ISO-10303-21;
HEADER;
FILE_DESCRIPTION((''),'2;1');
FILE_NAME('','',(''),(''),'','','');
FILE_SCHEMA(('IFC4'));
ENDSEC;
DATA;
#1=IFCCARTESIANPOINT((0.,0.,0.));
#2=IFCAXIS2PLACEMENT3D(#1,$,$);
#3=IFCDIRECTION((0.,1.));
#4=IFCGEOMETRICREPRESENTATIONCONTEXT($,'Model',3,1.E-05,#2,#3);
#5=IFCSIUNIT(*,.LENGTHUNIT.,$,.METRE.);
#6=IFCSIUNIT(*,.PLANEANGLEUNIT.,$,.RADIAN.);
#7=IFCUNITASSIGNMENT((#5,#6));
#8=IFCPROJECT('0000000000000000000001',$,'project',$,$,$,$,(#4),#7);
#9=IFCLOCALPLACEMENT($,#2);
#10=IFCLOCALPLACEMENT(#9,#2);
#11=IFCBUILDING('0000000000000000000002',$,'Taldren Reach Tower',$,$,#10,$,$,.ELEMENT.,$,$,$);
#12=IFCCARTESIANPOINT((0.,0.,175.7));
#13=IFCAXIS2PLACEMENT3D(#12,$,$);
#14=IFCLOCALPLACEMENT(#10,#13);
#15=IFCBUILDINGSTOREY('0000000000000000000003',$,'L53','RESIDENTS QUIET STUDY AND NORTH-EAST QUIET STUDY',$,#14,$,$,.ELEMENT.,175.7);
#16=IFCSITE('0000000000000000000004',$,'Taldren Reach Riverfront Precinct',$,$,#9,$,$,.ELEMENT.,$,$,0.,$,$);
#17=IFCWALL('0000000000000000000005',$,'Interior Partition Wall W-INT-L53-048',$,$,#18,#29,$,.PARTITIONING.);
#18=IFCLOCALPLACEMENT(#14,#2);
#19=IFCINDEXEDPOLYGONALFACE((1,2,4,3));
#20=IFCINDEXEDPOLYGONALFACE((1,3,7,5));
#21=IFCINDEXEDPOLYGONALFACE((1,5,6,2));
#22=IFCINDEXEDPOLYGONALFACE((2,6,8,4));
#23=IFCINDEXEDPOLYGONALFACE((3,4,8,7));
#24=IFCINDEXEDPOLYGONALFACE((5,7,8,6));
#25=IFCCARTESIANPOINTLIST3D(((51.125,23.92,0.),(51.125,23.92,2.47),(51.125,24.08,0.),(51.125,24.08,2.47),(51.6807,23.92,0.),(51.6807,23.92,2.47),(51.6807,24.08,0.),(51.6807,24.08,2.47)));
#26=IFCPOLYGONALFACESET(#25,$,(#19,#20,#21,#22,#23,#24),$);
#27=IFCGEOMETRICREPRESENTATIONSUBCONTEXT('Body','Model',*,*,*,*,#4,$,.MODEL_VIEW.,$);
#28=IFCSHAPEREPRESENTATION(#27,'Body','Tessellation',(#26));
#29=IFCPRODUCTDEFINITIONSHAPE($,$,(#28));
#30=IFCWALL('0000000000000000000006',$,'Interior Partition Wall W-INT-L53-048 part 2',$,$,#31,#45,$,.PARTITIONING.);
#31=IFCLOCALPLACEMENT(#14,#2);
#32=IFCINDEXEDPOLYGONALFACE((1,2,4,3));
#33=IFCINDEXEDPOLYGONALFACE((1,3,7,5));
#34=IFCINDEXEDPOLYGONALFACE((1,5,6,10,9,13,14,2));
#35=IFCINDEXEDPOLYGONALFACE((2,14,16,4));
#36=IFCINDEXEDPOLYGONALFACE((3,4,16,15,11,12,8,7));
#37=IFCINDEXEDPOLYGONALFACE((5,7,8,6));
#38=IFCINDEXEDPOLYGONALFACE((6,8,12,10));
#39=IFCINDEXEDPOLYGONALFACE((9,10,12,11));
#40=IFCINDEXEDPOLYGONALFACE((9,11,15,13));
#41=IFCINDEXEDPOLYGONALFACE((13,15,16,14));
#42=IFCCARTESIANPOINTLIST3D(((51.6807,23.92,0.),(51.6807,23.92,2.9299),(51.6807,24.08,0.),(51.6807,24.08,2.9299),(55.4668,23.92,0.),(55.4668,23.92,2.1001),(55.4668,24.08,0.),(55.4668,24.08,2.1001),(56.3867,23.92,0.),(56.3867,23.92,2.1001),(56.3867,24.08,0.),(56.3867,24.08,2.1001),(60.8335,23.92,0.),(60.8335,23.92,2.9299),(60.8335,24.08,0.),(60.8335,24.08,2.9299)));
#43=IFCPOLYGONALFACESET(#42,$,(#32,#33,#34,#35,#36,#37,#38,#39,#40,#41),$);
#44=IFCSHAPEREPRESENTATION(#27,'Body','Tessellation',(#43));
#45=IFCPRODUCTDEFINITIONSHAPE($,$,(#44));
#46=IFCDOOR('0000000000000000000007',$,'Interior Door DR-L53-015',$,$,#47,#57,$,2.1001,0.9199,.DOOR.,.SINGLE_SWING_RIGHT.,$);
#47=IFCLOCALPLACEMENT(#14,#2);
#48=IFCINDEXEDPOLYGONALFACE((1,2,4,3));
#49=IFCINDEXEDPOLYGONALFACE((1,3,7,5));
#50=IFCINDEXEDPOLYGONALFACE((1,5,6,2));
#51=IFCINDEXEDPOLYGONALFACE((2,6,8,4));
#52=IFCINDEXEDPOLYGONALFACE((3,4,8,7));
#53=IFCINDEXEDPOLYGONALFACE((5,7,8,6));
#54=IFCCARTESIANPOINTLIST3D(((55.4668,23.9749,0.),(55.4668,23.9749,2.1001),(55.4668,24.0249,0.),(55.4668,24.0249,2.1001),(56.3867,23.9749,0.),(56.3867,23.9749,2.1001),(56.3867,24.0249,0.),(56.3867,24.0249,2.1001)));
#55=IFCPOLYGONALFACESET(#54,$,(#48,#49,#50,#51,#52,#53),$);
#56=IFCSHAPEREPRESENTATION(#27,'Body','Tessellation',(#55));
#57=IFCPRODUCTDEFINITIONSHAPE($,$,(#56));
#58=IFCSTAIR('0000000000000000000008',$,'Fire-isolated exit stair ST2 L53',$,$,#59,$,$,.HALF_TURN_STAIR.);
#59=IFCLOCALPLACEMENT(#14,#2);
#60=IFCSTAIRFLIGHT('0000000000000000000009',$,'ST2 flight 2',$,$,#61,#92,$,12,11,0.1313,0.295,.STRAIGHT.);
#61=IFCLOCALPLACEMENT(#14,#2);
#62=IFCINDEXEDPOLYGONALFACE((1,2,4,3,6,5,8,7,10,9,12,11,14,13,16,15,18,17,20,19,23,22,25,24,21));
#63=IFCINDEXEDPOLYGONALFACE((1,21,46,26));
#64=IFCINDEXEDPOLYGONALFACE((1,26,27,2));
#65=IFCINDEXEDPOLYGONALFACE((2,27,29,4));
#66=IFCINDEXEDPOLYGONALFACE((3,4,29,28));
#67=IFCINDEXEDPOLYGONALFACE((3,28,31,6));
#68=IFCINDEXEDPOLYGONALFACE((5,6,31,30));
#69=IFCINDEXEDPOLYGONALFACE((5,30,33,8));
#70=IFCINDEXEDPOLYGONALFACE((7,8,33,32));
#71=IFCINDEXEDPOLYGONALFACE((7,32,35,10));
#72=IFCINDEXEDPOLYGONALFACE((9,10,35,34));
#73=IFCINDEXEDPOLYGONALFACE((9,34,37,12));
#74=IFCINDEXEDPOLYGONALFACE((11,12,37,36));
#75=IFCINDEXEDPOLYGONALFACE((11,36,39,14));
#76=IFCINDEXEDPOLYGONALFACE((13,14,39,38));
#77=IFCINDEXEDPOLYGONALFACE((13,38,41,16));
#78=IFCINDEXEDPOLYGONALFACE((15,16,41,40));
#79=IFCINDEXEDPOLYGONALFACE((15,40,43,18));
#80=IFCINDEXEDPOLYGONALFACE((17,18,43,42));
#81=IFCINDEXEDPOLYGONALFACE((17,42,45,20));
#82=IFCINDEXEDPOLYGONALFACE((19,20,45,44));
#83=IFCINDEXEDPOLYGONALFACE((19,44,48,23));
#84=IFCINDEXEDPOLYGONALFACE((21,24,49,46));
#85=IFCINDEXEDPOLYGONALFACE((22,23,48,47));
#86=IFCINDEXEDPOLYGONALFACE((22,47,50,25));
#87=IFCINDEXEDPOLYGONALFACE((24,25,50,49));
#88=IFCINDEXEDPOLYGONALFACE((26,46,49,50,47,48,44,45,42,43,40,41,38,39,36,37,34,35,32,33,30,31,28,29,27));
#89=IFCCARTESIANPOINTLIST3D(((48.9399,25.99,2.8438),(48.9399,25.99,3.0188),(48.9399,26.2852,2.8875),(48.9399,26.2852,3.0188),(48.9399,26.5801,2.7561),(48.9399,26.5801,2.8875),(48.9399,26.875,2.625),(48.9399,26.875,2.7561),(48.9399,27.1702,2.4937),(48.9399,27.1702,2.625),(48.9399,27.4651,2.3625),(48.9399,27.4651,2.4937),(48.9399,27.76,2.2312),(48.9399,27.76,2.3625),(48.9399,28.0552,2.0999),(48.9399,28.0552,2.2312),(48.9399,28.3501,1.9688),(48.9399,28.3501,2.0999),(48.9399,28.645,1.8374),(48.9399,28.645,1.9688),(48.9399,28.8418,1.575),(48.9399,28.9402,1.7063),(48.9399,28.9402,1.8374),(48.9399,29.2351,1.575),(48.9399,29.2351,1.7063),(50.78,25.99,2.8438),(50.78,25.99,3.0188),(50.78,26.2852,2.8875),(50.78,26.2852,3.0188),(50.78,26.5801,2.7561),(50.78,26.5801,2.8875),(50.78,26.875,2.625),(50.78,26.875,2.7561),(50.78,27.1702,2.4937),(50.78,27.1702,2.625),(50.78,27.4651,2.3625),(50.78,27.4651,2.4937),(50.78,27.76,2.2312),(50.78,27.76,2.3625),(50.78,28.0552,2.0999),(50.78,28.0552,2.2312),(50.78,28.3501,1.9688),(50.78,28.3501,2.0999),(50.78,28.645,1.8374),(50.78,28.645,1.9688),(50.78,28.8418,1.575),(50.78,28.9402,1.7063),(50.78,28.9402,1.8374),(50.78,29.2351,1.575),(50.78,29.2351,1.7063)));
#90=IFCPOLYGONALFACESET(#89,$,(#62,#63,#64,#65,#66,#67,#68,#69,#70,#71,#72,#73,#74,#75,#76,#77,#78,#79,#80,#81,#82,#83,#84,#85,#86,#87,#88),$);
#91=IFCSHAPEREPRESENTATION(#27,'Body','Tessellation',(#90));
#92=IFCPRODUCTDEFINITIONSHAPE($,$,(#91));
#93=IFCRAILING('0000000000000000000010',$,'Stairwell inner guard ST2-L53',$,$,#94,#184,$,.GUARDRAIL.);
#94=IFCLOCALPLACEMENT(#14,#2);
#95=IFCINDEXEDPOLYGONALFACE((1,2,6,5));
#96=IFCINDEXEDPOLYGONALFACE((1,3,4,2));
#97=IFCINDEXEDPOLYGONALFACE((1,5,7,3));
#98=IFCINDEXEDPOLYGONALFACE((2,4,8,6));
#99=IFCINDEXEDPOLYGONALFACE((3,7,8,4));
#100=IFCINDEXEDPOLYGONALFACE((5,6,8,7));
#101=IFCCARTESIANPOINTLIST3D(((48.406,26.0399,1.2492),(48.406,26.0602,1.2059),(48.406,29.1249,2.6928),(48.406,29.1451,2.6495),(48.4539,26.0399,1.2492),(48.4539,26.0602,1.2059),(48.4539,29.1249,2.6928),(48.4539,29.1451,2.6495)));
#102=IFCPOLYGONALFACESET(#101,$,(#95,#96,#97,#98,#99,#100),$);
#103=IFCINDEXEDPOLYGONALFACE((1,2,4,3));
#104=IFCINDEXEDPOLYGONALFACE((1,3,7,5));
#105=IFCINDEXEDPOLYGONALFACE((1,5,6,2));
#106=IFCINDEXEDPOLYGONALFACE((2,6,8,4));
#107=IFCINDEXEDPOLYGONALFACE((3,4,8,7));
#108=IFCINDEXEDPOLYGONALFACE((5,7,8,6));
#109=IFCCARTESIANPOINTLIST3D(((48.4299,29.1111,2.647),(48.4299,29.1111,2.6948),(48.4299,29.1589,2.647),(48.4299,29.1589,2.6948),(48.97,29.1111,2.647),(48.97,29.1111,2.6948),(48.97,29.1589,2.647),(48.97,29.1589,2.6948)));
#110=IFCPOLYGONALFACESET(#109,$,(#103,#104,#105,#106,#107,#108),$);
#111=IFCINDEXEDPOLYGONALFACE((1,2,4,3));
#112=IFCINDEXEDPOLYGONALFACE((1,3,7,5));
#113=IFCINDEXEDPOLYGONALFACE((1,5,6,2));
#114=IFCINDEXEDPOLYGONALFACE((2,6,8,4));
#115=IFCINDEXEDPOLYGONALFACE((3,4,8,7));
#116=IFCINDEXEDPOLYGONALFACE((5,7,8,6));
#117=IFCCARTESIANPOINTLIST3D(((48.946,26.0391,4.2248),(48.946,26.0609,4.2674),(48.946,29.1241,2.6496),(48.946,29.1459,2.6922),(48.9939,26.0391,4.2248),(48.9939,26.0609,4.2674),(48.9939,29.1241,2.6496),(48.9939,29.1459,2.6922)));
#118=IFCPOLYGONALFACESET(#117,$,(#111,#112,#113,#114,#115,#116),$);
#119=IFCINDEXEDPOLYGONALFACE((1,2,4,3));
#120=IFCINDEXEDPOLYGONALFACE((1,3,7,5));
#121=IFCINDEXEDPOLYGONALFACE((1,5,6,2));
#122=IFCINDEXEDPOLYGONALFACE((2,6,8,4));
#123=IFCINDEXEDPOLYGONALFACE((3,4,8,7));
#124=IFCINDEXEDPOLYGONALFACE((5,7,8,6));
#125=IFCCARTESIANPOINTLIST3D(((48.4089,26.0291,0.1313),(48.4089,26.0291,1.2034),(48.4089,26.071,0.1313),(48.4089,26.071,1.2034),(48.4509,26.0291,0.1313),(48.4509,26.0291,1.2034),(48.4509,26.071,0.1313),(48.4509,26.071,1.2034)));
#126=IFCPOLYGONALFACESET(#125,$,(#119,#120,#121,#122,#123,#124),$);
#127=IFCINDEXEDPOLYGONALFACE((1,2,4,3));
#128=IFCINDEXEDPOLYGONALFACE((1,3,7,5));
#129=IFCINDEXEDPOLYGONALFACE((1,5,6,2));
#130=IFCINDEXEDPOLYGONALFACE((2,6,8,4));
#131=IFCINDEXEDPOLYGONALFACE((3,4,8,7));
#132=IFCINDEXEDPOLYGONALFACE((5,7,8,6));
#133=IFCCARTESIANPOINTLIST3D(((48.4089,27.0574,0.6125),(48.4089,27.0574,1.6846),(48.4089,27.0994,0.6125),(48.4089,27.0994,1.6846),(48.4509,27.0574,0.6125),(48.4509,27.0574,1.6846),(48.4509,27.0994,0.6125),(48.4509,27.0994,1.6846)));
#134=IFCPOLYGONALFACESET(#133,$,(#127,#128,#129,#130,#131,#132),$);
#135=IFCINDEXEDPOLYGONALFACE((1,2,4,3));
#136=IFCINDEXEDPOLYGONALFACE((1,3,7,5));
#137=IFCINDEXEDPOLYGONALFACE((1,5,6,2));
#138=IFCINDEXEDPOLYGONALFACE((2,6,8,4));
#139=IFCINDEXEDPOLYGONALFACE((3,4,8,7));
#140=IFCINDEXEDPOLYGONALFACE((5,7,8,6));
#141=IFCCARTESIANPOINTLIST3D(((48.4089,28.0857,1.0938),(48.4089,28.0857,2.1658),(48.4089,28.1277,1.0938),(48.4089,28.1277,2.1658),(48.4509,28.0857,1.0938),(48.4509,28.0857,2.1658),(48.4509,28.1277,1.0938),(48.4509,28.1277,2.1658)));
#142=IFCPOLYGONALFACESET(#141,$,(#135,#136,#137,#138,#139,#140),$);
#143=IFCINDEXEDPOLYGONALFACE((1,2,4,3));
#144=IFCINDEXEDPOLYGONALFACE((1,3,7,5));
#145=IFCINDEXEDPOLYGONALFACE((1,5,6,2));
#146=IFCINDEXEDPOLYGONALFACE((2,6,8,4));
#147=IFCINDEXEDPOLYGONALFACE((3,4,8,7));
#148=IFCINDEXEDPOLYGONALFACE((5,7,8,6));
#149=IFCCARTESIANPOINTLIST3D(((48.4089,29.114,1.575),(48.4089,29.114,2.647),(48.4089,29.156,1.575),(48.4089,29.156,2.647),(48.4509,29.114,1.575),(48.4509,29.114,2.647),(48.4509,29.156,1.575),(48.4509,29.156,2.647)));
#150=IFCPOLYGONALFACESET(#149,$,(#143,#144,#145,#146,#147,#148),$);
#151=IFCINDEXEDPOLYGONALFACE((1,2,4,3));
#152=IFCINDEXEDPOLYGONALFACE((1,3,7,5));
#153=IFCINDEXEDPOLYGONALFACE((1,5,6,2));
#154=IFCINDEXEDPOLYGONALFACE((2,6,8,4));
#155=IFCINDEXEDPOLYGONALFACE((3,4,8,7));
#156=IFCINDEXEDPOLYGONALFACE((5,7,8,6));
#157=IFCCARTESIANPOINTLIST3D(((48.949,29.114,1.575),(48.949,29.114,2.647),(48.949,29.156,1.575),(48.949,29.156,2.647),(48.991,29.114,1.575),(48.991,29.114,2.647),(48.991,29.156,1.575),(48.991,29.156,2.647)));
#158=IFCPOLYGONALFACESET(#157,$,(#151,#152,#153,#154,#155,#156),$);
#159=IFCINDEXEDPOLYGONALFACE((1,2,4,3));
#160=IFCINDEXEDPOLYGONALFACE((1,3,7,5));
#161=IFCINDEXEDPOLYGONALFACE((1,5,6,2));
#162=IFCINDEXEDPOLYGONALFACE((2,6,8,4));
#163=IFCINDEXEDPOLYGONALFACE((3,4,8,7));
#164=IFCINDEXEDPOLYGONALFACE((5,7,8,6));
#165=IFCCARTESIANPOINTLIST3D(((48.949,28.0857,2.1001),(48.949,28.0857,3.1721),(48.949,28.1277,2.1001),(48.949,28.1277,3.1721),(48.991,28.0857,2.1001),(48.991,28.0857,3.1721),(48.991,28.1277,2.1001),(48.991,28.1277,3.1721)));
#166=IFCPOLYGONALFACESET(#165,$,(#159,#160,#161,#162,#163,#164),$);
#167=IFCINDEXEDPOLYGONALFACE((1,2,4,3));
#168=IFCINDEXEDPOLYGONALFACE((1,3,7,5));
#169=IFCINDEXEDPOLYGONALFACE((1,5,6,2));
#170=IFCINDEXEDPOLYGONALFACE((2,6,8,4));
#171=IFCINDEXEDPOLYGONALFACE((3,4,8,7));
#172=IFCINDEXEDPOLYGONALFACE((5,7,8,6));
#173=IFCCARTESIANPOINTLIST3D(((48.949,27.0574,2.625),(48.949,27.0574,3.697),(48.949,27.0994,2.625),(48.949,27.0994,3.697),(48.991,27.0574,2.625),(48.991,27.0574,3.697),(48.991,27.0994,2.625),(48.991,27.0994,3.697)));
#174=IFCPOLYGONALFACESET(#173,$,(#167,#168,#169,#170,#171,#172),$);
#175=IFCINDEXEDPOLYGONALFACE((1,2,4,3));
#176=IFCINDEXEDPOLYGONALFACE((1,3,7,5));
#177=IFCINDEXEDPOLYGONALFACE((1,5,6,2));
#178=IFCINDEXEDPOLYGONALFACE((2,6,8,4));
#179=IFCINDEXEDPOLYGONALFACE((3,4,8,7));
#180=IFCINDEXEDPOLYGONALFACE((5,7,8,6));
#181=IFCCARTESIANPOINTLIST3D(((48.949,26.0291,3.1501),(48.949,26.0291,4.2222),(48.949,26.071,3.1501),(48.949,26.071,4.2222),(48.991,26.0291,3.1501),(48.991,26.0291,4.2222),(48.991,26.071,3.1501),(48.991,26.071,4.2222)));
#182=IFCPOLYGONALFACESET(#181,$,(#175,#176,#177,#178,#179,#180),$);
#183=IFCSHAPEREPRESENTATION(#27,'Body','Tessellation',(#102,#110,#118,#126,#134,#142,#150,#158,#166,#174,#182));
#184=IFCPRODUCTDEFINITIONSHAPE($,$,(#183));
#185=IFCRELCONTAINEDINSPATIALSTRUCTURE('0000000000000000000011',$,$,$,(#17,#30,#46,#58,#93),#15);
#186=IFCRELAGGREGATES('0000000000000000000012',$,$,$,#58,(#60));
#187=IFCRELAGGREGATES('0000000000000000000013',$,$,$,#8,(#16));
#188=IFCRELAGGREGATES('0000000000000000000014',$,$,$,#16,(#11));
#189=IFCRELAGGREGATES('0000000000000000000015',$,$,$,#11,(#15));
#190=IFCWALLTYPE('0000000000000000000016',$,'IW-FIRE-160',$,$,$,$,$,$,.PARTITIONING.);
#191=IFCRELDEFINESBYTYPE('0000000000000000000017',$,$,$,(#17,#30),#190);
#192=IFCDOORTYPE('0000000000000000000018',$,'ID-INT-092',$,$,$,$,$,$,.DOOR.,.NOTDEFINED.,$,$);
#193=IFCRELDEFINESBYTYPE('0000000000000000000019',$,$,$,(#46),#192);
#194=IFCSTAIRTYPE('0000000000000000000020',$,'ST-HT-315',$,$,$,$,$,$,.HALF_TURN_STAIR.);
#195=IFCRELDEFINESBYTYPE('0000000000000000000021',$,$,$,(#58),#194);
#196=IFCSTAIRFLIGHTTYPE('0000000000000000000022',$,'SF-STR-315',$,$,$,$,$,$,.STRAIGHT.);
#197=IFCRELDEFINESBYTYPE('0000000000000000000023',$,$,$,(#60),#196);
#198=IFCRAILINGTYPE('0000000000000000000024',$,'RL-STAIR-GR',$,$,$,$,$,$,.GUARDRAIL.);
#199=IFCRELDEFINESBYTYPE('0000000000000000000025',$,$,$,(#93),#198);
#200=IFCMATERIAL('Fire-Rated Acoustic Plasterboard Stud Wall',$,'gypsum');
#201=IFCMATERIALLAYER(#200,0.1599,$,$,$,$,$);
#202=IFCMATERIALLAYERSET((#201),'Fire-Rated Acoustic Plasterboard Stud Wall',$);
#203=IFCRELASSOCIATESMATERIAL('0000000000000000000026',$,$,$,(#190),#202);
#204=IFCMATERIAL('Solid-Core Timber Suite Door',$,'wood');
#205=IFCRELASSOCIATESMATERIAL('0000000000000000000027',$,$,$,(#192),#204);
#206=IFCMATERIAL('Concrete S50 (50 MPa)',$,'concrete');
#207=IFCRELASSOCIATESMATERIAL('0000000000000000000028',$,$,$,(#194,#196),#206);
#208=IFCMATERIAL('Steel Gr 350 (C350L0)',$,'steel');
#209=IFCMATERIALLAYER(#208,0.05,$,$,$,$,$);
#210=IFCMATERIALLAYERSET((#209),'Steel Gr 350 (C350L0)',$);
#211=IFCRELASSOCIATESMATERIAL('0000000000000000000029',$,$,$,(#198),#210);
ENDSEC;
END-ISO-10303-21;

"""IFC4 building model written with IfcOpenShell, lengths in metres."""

from ifc_helpers import new_model, si_unit, direction, frame, frame_2d, origin, origin_2d, place, context, subcontext, project, spatial, polyline, rectangle, outline, extrude, source, transform, mapped, material, layer, layer_set, type_object, element, fill, aggregate, save


model = new_model("IFC4")

# Units and contexts
model_context = context("Model", 3, precision=1e-05, world=origin(), true_north=direction((0.0, 1.0)))
body_context = subcontext(model_context, "Body", "Model", "MODEL_VIEW")
ifc_project = project(units=[si_unit("LENGTHUNIT", "METRE"), si_unit("PLANEANGLEUNIT", "RADIAN")], contexts=[model_context])

# Site, building, storey
site_placement = place(None, origin())
site = spatial("IfcSite", under=ifc_project, at=site_placement, Name="Taldren Reach Riverfront Precinct", CompositionType="ELEMENT", RefElevation=0.0)
building_placement = place(site_placement, origin())
building = spatial("IfcBuilding", under=site, at=building_placement, Name="Taldren Reach Tower", CompositionType="ELEMENT")
storey_placement = place(building_placement, frame((0.0, 0.0, 175.7)))
storey = spatial("IfcBuildingStorey", under=building, at=storey_placement, Name="L53", Description="RESIDENTS QUIET STUDY AND NORTH-EAST QUIET STUDY", CompositionType="ELEMENT", Elevation=175.7)

# Shared definitions
ifc_material_1 = material(Name="Steel Gr 350 (C350L0)", Category="steel")

# Wall
ifc_material_2 = material(Name="Fire-Rated Acoustic Plasterboard Stud Wall", Category="gypsum")
ifc_layer_1 = layer(ifc_material_2, 0.1599)
ifc_layer_set_1 = layer_set([ifc_layer_1], Name="Fire-Rated Acoustic Plasterboard Stud Wall")
wall_type_1 = type_object("IfcWallType", Name="IW-FIRE-160", PredefinedType="PARTITIONING", material=ifc_layer_set_1)
shared_shape_1 = source(origin(), body_context, "Body", "SweptSolid", [
    extrude(rectangle(XDim=0.5557, YDim=0.1599, at=frame_2d((0.2778, 0.0))), origin(), (0.0, 0.0, 1.0), 2.47),
])
wall_1_placement = place(storey_placement, frame((51.125, 24.0, 0.0), z_axis=(0.0, 0.0, 1.0), x_axis=(1.0, 0.0, 0.0)))
element("IfcWall", 1, at=wall_1_placement, inside=storey, type_object=wall_type_1, Name="Interior Partition Wall W-INT-L53-048", PredefinedType="PARTITIONING", context=body_context, shape_type="MappedRepresentation", body=[
    mapped(shared_shape_1, transform((0.0, 0.0, 0.0), scale=1.0)),
])

# Wall, opening, door
shared_shape_2 = source(origin(), body_context, "Body", "SweptSolid", [
    extrude(rectangle(XDim=9.1528, YDim=0.1599, at=frame_2d((4.5764, 0.0))), origin(), (0.0, 0.0, 1.0), 2.9299),
])
wall_2_placement = place(storey_placement, frame((51.6807, 24.0, 0.0), z_axis=(0.0, 0.0, 1.0), x_axis=(1.0, 0.0, 0.0)))
wall_2 = element("IfcWall", 2, at=wall_2_placement, inside=storey, type_object=wall_type_1, Name="Interior Partition Wall W-INT-L53-048 part 2", PredefinedType="PARTITIONING", context=body_context, shape_type="MappedRepresentation", body=[
    mapped(shared_shape_2, transform((0.0, 0.0, 0.0), scale=1.0)),
])
shared_shape_3 = source(origin(), body_context, "Body", "SweptSolid", [
    extrude(rectangle(XDim=0.9199, YDim=2.1001, at=frame_2d((0.46, 1.05))), frame((0.0, 0.0898, 0.0), z_axis=(0.0, -1.0, 0.0), x_axis=(1.0, 0.0, 0.0)), (0.0, 0.0, 1.0), 0.1799),
])
opening_placement = place(wall_2_placement, frame((3.7861, 0.0, 0.0)))
opening = element("IfcOpeningElement", 3, at=opening_placement, cuts=wall_2, PredefinedType="OPENING", context=body_context, shape_type="MappedRepresentation", body=[
    mapped(shared_shape_3, transform((0.0, 0.0, 0.0), scale=1.0)),
])
ifc_material_3 = material(Name="Solid-Core Timber Suite Door", Category="wood")
door_type = type_object("IfcDoorType", Name="ID-INT-092", OperationType="NOTDEFINED", PredefinedType="DOOR", material=ifc_material_3)
shared_shape_4 = source(origin(), body_context, "Body", "SweptSolid", [
    extrude(rectangle(XDim=0.9199, YDim=2.1001, at=frame_2d((0.46, 1.05))), frame((0.0, 0.0249, 0.0), z_axis=(0.0, -1.0, 0.0), x_axis=(1.0, 0.0, 0.0)), (0.0, 0.0, 1.0), 0.05),
])
door_placement = place(opening_placement, origin())
door = element("IfcDoor", 4, at=door_placement, inside=storey, type_object=door_type, Name="Interior Door DR-L53-015", OperationType="SINGLE_SWING_RIGHT", OverallHeight=2.1001, OverallWidth=0.9199, PredefinedType="DOOR", context=body_context, shape_type="MappedRepresentation", body=[
    mapped(shared_shape_4, transform((0.0, 0.0, 0.0), scale=1.0)),
])
fill(opening, door)

# Stair, stair flight
ifc_material_4 = material(Name="Concrete S50 (50 MPa)", Category="concrete")
stair_type = type_object("IfcStairType", Name="ST-HT-315", PredefinedType="HALF_TURN_STAIR", material=ifc_material_4)
stair_placement = place(storey_placement, origin())
stair = element("IfcStair", 5, at=stair_placement, inside=storey, type_object=stair_type, Name="Fire-isolated exit stair ST2 L53", PredefinedType="HALF_TURN_STAIR")
stair_flight_type = type_object("IfcStairFlightType", Name="SF-STR-315", PredefinedType="STRAIGHT", material=ifc_material_4)
stair_flight_placement = place(storey_placement, frame((49.8601, 29.2351, 1.575), z_axis=(0.0, 0.0, 1.0), x_axis=(0.0, -1.0, 0.0)))
stair_flight = element("IfcStairFlight", 6, at=stair_flight_placement, type_object=stair_flight_type, Name="ST2 flight 2", NumberOfRisers=12, NumberOfTreads=11, PredefinedType="STRAIGHT", RiserHeight=0.1313, TreadLength=0.295, context=body_context, shape_type="SweptSolid", body=[
    extrude(outline(polyline([(0.0, 0.0), (0.0, 0.1313), (0.2949, 0.1313), (0.2949, 0.2625), (0.5901, 0.2625), (0.5901, 0.3938), (0.885, 0.3938), (0.885, 0.5249), (1.1799, 0.5249), (1.1799, 0.6562), (1.4751, 0.6562), (1.4751, 0.7876), (1.77, 0.7876), (1.77, 0.9187), (2.0649, 0.9187), (2.0649, 1.05), (2.3601, 1.05), (2.3601, 1.1812), (2.655, 1.1812), (2.655, 1.3125), (2.95, 1.3125), (2.95, 1.4438), (3.2451, 1.4438), (3.2451, 1.575), (3.2451, 1.2688), (0.3933, 0.0), (0.0, 0.0)])), frame((0.0, 0.9199, 0.0), z_axis=(0.0, -1.0, 0.0), x_axis=(1.0, 0.0, 0.0)), (0.0, 0.0, 1.0), 1.8401),
])
aggregate(stair, [stair_flight])

# Railing
ifc_layer_2 = layer(ifc_material_1, 0.05)
ifc_layer_set_2 = layer_set([ifc_layer_2], Name="Steel Gr 350 (C350L0)")
railing_type_1 = type_object("IfcRailingType", Name="RL-STAIR-GR", PredefinedType="GUARDRAIL", material=ifc_layer_set_2)
railing_1_placement = place(storey_placement, frame((48.4299, 26.05, 0.1313)))
element("IfcRailing", 7, at=railing_1_placement, inside=storey, type_object=railing_type_1, Name="Stairwell inner guard ST2-L53", PredefinedType="GUARDRAIL", context=body_context, shape_type="SweptSolid", body=[
    extrude(rectangle(XDim=0.0479, YDim=0.0479, at=origin_2d()), frame((0.0, 0.0, 1.0962), z_axis=(0.0, 0.905738, 0.423839), x_axis=(-1.0, 0.0, 0.0)), (0.0, 0.0, 1.0), 3.406),
    extrude(rectangle(XDim=0.0479, YDim=0.0479, at=origin_2d()), frame((0.0, 3.085, 2.5396), z_axis=(1.0, 0.0, 0.0), x_axis=(0.0, 1.0, 0.0)), (0.0, 0.0, 1.0), 0.54),
    extrude(rectangle(XDim=0.0479, YDim=0.0479, at=origin_2d()), frame((0.54, 3.085, 2.5396), z_axis=(0.0, -0.890617, 0.454753), x_axis=(1.0, 0.0, 0.0)), (0.0, 0.0, 1.0), 3.4639),
    extrude(rectangle(XDim=0.042, YDim=0.042, at=origin_2d()), origin(), (0.0, 0.0, 1.0), 1.072),
    extrude(rectangle(XDim=0.042, YDim=0.042, at=origin_2d()), frame((0.0, 1.0283, 0.4812)), (0.0, 0.0, 1.0), 1.072),
    extrude(rectangle(XDim=0.042, YDim=0.042, at=origin_2d()), frame((0.0, 2.0566, 0.9624)), (0.0, 0.0, 1.0), 1.072),
    extrude(rectangle(XDim=0.042, YDim=0.042, at=origin_2d()), frame((0.0, 3.085, 1.4436)), (0.0, 0.0, 1.0), 1.072),
    extrude(rectangle(XDim=0.042, YDim=0.042, at=origin_2d()), frame((0.54, 3.085, 1.4436)), (0.0, 0.0, 1.0), 1.072),
    extrude(rectangle(XDim=0.042, YDim=0.042, at=origin_2d()), frame((0.54, 2.0566, 1.9688)), (0.0, 0.0, 1.0), 1.072),
    extrude(rectangle(XDim=0.042, YDim=0.042, at=origin_2d()), frame((0.54, 1.0283, 2.4937)), (0.0, 0.0, 1.0), 1.072),
    extrude(rectangle(XDim=0.042, YDim=0.042, at=origin_2d()), frame((0.54, 0.0, 3.0188)), (0.0, 0.0, 1.0), 1.072),
])

save(model, "model.ifc")
